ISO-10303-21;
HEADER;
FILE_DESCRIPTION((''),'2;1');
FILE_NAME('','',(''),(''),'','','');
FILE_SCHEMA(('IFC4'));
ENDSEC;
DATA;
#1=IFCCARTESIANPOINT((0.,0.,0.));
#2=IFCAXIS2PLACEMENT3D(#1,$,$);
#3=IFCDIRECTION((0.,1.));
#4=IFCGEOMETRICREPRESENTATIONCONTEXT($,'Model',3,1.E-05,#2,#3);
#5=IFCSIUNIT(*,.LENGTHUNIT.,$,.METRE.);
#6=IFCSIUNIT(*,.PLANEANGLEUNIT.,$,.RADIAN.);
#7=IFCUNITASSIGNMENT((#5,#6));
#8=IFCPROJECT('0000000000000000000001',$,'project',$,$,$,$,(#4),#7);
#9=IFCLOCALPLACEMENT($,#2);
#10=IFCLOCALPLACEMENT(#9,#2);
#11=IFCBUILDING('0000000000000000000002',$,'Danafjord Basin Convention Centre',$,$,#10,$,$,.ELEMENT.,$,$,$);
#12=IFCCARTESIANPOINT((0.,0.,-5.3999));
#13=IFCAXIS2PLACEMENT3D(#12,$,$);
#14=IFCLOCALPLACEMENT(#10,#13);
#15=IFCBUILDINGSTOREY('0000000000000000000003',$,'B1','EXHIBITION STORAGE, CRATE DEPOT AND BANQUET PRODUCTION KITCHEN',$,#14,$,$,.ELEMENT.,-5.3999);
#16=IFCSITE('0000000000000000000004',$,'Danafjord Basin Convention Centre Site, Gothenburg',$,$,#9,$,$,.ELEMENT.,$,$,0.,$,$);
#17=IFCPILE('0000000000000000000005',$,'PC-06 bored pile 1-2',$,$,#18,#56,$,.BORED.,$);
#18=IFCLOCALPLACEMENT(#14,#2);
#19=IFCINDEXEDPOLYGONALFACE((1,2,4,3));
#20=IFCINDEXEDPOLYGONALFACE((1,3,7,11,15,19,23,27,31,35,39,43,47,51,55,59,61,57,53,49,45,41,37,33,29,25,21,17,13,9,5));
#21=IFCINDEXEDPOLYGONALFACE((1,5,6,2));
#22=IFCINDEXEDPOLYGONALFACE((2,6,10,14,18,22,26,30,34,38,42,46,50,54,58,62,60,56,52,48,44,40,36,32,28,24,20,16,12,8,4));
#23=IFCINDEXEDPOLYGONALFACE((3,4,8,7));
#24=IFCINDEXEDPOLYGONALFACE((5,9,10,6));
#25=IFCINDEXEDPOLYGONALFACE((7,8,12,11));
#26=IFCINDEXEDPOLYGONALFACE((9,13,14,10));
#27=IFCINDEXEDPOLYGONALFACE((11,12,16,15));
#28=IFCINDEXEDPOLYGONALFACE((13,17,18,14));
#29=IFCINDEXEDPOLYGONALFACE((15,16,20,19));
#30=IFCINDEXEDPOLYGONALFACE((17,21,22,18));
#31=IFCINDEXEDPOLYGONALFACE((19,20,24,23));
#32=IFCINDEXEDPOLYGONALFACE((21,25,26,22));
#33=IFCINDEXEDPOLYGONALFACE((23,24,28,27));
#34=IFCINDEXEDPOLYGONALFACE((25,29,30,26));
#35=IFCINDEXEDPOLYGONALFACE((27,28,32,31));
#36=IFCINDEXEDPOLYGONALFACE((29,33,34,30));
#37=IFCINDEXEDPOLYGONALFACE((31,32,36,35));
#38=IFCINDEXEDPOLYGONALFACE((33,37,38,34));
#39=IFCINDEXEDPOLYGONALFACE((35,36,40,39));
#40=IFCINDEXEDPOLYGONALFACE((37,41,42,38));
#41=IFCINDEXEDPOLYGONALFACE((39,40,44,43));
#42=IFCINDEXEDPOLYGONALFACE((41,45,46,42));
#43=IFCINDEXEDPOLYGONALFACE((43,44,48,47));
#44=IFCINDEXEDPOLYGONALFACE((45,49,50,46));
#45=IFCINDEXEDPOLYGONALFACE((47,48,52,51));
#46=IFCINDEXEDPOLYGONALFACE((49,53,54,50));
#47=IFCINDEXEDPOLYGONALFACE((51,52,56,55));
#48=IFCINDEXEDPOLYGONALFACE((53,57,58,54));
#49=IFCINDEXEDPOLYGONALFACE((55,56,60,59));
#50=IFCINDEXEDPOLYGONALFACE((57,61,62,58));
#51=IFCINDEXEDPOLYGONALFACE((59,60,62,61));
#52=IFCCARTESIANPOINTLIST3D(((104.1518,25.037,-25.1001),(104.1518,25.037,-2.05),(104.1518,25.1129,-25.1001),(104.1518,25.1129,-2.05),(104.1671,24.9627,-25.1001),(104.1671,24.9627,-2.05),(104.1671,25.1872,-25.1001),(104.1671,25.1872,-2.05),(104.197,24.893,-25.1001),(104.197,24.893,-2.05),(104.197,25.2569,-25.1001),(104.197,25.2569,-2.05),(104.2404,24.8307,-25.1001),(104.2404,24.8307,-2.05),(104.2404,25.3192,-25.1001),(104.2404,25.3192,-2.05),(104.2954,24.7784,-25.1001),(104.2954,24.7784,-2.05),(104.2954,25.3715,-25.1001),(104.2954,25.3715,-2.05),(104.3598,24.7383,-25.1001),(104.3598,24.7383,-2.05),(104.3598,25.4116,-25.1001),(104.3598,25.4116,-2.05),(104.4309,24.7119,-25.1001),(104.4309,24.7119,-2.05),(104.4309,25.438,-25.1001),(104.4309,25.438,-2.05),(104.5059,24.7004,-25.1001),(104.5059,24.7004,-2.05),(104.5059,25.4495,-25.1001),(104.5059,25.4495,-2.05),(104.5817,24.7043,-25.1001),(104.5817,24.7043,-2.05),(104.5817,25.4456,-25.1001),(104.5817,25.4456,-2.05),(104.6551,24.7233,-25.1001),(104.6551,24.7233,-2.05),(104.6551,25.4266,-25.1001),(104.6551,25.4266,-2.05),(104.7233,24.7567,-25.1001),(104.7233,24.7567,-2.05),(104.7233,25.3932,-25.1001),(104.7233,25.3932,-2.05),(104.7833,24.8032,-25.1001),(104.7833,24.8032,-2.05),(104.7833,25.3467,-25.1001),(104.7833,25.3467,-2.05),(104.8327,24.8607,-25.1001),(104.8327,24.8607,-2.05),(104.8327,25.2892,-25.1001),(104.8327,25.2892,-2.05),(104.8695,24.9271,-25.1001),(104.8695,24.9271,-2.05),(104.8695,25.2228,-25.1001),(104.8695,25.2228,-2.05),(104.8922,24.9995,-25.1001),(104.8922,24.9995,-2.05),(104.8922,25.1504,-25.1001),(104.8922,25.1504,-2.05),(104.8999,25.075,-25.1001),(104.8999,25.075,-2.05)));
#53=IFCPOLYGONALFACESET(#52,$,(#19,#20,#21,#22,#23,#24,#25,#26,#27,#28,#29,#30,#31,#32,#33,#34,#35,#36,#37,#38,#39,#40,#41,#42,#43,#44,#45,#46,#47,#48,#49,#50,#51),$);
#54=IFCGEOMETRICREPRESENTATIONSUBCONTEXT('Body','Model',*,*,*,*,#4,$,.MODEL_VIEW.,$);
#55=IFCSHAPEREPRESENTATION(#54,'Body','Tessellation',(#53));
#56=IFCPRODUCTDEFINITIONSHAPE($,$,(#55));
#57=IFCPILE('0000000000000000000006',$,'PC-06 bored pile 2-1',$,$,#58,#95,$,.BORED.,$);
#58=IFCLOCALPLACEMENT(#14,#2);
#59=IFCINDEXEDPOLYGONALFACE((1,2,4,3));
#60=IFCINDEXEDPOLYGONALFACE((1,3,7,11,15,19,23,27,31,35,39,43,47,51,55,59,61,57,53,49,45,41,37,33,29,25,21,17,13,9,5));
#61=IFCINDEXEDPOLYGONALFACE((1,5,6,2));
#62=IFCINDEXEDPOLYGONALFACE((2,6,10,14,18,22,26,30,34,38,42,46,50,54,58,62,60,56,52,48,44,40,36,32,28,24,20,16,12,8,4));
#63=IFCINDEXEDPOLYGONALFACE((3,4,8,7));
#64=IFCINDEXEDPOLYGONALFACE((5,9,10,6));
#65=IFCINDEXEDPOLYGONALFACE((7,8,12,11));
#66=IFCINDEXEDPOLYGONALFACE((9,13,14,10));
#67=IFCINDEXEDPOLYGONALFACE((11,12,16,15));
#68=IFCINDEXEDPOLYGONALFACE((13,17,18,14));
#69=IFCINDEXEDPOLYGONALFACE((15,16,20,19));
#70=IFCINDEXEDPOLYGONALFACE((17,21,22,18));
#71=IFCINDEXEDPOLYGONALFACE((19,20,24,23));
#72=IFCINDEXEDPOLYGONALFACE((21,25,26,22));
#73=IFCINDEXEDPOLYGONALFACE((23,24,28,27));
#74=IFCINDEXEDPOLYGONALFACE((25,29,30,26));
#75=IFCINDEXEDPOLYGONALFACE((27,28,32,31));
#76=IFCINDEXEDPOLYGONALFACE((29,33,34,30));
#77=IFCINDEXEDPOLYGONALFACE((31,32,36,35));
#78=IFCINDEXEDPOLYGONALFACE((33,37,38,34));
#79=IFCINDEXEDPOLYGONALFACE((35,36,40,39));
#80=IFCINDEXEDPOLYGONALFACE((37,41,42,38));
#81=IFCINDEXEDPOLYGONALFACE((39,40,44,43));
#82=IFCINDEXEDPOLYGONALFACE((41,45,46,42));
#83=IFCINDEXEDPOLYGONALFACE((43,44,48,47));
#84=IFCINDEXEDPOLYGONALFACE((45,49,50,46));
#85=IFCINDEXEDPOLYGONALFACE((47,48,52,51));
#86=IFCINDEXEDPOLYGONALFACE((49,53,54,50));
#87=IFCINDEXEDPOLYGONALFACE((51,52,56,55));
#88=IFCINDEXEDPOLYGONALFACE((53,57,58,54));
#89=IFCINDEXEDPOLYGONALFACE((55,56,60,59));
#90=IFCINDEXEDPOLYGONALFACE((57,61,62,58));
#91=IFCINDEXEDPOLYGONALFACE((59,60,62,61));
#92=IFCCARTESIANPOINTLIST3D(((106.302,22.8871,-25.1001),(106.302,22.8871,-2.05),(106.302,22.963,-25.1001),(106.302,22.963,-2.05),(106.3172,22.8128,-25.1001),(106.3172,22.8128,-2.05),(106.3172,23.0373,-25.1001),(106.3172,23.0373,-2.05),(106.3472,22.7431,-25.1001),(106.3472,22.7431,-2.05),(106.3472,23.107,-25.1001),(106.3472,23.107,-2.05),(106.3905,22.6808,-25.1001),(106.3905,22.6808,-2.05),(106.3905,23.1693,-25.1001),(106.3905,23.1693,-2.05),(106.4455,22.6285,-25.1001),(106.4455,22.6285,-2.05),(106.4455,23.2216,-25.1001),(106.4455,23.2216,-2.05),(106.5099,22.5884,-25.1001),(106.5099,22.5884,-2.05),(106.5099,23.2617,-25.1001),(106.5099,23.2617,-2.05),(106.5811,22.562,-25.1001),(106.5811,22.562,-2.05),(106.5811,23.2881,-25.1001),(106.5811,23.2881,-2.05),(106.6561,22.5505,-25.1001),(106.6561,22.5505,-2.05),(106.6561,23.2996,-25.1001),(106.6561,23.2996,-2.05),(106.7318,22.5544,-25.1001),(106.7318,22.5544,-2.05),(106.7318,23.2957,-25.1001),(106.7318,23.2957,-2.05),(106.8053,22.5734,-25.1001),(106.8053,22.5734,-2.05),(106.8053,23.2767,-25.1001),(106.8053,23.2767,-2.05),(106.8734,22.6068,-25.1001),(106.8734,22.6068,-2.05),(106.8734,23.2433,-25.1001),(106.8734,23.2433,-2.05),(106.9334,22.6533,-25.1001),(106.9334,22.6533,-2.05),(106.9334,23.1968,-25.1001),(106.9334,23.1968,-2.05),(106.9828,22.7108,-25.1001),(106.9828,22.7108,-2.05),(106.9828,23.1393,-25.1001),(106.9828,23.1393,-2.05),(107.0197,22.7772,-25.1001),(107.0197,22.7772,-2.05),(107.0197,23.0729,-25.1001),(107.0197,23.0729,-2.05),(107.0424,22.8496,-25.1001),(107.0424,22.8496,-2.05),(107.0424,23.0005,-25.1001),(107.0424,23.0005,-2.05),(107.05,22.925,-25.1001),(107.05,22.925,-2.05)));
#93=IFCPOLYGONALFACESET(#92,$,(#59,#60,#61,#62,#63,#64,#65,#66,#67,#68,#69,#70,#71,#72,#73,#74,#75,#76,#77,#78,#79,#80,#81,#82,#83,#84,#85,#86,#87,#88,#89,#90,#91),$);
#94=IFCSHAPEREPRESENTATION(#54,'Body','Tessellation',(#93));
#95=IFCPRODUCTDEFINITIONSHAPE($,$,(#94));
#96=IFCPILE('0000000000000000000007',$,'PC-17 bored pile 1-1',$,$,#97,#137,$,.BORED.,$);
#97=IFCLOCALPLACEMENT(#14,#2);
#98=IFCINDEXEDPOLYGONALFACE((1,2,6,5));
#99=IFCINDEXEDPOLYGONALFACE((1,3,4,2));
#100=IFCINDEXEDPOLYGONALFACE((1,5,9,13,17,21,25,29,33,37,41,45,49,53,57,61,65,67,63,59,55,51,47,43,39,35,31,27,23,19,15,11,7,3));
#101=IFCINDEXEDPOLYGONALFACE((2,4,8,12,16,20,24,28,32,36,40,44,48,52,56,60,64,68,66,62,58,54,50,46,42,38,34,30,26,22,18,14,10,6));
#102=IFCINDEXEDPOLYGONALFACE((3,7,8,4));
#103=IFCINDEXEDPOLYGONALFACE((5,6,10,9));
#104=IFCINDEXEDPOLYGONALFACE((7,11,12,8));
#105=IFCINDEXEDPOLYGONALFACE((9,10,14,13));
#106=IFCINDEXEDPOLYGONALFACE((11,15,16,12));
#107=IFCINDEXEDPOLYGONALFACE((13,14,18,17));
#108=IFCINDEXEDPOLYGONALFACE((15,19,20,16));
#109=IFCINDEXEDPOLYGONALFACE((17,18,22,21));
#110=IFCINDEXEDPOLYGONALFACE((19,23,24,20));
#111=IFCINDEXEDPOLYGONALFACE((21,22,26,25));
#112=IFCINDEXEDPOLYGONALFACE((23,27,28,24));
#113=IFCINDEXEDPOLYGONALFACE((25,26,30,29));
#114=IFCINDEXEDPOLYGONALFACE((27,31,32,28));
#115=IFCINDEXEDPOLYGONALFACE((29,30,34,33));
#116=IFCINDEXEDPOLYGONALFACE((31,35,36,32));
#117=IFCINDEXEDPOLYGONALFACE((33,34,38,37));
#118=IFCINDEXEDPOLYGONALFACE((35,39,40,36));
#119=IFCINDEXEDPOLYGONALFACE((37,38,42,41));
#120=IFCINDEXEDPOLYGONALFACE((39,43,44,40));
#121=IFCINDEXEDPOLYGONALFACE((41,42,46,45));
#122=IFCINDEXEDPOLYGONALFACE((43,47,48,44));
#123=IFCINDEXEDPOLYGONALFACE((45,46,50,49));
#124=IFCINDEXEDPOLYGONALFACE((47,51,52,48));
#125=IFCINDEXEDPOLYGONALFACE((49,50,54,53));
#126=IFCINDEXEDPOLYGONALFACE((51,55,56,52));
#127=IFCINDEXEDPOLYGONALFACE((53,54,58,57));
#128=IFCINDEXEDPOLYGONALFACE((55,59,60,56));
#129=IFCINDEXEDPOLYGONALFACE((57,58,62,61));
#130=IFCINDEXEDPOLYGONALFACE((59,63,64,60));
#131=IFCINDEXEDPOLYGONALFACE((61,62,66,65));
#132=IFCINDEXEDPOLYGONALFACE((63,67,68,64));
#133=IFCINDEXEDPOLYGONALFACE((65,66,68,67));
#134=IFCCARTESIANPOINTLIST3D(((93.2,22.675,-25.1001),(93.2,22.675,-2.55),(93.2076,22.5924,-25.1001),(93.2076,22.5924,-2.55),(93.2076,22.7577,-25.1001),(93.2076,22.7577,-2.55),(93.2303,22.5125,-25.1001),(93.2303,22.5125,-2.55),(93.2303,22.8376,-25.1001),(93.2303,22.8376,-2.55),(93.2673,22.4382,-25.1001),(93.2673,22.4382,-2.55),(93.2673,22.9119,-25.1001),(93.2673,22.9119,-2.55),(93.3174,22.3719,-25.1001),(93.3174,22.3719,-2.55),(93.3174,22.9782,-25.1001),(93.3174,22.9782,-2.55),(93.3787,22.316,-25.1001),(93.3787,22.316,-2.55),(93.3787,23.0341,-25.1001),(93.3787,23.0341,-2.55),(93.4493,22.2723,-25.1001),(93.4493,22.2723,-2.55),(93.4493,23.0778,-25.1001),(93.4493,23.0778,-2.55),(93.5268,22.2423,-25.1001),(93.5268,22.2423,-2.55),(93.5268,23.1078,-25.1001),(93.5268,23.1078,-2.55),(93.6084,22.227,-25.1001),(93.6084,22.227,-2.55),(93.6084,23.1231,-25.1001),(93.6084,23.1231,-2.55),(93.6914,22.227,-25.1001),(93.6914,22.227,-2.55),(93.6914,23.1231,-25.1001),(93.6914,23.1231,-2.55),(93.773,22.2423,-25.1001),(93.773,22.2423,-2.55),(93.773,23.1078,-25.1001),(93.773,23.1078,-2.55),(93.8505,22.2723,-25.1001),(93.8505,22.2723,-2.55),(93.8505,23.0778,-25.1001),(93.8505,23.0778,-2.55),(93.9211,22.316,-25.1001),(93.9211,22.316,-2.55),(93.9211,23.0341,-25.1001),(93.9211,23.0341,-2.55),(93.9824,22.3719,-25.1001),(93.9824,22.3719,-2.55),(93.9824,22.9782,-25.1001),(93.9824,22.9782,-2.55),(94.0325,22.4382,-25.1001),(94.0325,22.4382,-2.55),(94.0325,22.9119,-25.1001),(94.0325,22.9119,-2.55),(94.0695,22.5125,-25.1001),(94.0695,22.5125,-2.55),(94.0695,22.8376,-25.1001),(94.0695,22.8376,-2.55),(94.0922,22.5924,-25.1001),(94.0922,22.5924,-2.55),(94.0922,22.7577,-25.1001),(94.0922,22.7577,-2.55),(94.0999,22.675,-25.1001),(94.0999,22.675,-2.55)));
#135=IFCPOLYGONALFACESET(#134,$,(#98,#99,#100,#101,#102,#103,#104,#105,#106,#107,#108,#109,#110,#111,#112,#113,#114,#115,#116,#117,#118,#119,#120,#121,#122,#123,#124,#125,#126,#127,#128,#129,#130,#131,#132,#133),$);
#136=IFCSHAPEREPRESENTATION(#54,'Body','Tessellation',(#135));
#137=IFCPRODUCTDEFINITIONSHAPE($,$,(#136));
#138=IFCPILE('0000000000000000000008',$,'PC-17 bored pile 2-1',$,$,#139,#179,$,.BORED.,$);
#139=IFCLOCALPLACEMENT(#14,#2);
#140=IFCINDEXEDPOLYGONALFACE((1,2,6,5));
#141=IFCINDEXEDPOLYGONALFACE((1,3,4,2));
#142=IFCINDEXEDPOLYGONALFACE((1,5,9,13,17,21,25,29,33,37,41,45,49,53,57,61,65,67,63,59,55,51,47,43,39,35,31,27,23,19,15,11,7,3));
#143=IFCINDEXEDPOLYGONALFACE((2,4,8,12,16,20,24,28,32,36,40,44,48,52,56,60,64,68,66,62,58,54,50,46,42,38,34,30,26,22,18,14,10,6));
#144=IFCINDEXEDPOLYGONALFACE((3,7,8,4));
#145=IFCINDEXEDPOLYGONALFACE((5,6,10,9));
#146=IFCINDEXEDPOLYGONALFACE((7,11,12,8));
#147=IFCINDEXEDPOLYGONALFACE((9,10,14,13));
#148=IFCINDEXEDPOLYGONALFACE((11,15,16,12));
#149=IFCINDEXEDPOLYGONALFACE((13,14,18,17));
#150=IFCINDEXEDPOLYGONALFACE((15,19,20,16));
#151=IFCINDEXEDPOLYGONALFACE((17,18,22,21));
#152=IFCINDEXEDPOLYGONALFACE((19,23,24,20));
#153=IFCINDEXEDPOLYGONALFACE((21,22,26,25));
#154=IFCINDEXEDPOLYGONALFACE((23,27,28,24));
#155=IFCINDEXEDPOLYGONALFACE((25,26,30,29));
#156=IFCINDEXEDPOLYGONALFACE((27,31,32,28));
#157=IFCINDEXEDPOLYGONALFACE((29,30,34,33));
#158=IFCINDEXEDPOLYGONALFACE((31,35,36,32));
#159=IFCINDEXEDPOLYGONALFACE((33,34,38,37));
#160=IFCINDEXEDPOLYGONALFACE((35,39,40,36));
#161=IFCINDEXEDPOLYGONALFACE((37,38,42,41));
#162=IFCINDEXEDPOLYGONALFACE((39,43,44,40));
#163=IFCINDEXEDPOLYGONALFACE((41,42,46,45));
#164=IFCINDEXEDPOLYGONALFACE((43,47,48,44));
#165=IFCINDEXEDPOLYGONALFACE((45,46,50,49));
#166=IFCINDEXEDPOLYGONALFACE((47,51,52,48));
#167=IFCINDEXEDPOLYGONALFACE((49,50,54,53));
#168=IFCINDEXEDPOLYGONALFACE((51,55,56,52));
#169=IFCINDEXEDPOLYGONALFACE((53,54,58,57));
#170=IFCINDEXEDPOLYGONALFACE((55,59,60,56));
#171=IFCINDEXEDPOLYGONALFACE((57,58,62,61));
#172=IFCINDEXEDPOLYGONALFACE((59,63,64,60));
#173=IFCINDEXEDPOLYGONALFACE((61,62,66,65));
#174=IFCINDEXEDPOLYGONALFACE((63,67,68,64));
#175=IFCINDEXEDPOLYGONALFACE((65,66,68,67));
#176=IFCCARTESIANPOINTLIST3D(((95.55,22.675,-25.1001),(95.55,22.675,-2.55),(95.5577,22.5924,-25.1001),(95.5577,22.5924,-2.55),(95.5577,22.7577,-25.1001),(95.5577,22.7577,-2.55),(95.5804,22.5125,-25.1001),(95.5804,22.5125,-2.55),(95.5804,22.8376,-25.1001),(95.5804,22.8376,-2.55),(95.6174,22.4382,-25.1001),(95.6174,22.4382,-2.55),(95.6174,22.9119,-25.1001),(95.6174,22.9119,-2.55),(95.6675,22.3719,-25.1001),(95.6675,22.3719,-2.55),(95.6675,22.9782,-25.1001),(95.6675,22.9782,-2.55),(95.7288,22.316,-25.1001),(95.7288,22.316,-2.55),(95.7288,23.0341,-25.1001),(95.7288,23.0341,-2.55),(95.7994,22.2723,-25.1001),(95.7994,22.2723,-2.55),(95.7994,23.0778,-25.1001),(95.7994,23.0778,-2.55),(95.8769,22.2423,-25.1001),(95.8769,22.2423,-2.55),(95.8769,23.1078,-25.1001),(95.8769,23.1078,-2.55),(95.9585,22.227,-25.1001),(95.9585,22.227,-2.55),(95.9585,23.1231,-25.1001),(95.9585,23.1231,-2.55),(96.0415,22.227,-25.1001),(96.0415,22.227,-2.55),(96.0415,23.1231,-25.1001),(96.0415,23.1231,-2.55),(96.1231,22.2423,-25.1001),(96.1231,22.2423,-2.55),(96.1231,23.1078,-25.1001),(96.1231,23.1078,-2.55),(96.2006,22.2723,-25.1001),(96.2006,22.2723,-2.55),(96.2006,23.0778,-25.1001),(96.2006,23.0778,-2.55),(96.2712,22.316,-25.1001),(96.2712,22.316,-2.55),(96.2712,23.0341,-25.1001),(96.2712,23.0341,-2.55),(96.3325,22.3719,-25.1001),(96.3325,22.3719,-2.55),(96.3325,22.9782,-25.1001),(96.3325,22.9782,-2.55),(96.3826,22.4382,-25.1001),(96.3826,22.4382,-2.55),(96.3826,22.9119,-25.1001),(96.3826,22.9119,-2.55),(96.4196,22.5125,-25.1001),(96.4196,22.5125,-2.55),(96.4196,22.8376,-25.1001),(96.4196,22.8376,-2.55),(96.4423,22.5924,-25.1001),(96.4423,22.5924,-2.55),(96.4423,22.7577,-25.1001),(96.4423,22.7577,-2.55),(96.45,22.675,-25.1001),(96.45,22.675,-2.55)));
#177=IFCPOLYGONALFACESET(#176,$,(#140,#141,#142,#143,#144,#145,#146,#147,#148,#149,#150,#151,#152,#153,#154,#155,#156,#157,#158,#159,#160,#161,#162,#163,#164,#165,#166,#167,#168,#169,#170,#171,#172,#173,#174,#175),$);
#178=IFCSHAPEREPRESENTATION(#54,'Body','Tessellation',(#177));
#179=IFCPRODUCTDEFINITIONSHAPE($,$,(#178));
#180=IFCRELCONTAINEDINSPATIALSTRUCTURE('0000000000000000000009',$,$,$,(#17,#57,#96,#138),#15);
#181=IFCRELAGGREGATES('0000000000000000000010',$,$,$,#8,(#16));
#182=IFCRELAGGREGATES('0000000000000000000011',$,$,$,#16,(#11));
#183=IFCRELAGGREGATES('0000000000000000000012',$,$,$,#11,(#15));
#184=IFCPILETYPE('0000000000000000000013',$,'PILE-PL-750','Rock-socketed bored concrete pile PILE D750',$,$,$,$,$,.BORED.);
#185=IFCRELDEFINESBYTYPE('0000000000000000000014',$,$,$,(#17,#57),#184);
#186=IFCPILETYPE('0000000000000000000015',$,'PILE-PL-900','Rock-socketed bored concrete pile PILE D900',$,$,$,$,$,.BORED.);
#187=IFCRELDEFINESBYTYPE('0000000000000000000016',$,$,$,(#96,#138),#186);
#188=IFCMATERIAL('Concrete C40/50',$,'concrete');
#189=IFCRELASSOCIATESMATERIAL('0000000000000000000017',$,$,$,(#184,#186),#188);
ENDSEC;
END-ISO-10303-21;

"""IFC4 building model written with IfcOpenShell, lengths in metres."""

from ifc_helpers import new_model, si_unit, direction, frame, origin, origin_2d, place, context, subcontext, project, spatial, circle, extrude, material, material_profile, profile_set, type_object, element, save


model = new_model("IFC4")

# Units and contexts
model_context = context("Model", 3, precision=1e-05, world=origin(), true_north=direction((0.0, 1.0)))
body_context = subcontext(model_context, "Body", "Model", "MODEL_VIEW")
ifc_project = project(units=[si_unit("LENGTHUNIT", "METRE"), si_unit("PLANEANGLEUNIT", "RADIAN")], contexts=[model_context])

# Site, building, storey
site_placement = place(None, origin())
site = spatial("IfcSite", under=ifc_project, at=site_placement, Name="Danafjord Basin Convention Centre Site, Gothenburg", CompositionType="ELEMENT", RefElevation=0.0)
building_placement = place(site_placement, origin())
building = spatial("IfcBuilding", under=site, at=building_placement, Name="Danafjord Basin Convention Centre", CompositionType="ELEMENT")
storey_placement = place(building_placement, frame((0.0, 0.0, -5.3999)))
storey = spatial("IfcBuildingStorey", under=building, at=storey_placement, Name="B1", Description="EXHIBITION STORAGE, CRATE DEPOT AND BANQUET PRODUCTION KITCHEN", CompositionType="ELEMENT", Elevation=-5.3999)

# Shared definitions
ifc_material_1 = material(Name="Concrete C40/50", Category="concrete")

# Piles
ifc_material_profile_1 = material_profile(ifc_material_1, circle(Radius=0.375, at=origin_2d()), Name="PILE D750")
ifc_profile_set_1 = profile_set([ifc_material_profile_1], Name="Concrete C40/50")
pile_type_1 = type_object("IfcPileType", Name="PILE-PL-750", Description="Rock-socketed bored concrete pile PILE D750", PredefinedType="BORED", material=ifc_profile_set_1)
for number, where, z_axis, x_axis, name in (
    (1, (104.5249, 25.075, -2.05), (0.0, 0.0, -1.0), (1.0, 0.0, 0.0), "PC-06 bored pile 1-2"),
    (2, (106.675, 22.925, -2.05), (0.0, 0.0, -1.0), (1.0, 0.0, 0.0), "PC-06 bored pile 2-1"),
):
    element("IfcPile", number, at=place(storey_placement, frame(where, z_axis=z_axis, x_axis=x_axis)), inside=storey, type_object=pile_type_1, Name=name, PredefinedType="BORED", context=body_context, shape_type="SweptSolid", body=[
        extrude(circle(Radius=0.375, at=origin_2d()), origin(), (0.0, 0.0, 1.0), 23.05),
    ])
ifc_material_profile_2 = material_profile(ifc_material_1, circle(Radius=0.45, at=origin_2d()), Name="PILE D900")
ifc_profile_set_2 = profile_set([ifc_material_profile_2], Name="Concrete C40/50")
pile_type_2 = type_object("IfcPileType", Name="PILE-PL-900", Description="Rock-socketed bored concrete pile PILE D900", PredefinedType="BORED", material=ifc_profile_set_2)
for number, where, z_axis, x_axis, name in (
    (3, (93.6499, 22.675, -2.55), (0.0, 0.0, -1.0), (1.0, 0.0, 0.0), "PC-17 bored pile 1-1"),
    (4, (96.0, 22.675, -2.55), (0.0, 0.0, -1.0), (1.0, 0.0, 0.0), "PC-17 bored pile 2-1"),
):
    element("IfcPile", number, at=place(storey_placement, frame(where, z_axis=z_axis, x_axis=x_axis)), inside=storey, type_object=pile_type_2, Name=name, PredefinedType="BORED", context=body_context, shape_type="SweptSolid", body=[
        extrude(circle(Radius=0.45, at=origin_2d()), origin(), (0.0, 0.0, 1.0), 22.55),
    ])

save(model, "model.ifc")
